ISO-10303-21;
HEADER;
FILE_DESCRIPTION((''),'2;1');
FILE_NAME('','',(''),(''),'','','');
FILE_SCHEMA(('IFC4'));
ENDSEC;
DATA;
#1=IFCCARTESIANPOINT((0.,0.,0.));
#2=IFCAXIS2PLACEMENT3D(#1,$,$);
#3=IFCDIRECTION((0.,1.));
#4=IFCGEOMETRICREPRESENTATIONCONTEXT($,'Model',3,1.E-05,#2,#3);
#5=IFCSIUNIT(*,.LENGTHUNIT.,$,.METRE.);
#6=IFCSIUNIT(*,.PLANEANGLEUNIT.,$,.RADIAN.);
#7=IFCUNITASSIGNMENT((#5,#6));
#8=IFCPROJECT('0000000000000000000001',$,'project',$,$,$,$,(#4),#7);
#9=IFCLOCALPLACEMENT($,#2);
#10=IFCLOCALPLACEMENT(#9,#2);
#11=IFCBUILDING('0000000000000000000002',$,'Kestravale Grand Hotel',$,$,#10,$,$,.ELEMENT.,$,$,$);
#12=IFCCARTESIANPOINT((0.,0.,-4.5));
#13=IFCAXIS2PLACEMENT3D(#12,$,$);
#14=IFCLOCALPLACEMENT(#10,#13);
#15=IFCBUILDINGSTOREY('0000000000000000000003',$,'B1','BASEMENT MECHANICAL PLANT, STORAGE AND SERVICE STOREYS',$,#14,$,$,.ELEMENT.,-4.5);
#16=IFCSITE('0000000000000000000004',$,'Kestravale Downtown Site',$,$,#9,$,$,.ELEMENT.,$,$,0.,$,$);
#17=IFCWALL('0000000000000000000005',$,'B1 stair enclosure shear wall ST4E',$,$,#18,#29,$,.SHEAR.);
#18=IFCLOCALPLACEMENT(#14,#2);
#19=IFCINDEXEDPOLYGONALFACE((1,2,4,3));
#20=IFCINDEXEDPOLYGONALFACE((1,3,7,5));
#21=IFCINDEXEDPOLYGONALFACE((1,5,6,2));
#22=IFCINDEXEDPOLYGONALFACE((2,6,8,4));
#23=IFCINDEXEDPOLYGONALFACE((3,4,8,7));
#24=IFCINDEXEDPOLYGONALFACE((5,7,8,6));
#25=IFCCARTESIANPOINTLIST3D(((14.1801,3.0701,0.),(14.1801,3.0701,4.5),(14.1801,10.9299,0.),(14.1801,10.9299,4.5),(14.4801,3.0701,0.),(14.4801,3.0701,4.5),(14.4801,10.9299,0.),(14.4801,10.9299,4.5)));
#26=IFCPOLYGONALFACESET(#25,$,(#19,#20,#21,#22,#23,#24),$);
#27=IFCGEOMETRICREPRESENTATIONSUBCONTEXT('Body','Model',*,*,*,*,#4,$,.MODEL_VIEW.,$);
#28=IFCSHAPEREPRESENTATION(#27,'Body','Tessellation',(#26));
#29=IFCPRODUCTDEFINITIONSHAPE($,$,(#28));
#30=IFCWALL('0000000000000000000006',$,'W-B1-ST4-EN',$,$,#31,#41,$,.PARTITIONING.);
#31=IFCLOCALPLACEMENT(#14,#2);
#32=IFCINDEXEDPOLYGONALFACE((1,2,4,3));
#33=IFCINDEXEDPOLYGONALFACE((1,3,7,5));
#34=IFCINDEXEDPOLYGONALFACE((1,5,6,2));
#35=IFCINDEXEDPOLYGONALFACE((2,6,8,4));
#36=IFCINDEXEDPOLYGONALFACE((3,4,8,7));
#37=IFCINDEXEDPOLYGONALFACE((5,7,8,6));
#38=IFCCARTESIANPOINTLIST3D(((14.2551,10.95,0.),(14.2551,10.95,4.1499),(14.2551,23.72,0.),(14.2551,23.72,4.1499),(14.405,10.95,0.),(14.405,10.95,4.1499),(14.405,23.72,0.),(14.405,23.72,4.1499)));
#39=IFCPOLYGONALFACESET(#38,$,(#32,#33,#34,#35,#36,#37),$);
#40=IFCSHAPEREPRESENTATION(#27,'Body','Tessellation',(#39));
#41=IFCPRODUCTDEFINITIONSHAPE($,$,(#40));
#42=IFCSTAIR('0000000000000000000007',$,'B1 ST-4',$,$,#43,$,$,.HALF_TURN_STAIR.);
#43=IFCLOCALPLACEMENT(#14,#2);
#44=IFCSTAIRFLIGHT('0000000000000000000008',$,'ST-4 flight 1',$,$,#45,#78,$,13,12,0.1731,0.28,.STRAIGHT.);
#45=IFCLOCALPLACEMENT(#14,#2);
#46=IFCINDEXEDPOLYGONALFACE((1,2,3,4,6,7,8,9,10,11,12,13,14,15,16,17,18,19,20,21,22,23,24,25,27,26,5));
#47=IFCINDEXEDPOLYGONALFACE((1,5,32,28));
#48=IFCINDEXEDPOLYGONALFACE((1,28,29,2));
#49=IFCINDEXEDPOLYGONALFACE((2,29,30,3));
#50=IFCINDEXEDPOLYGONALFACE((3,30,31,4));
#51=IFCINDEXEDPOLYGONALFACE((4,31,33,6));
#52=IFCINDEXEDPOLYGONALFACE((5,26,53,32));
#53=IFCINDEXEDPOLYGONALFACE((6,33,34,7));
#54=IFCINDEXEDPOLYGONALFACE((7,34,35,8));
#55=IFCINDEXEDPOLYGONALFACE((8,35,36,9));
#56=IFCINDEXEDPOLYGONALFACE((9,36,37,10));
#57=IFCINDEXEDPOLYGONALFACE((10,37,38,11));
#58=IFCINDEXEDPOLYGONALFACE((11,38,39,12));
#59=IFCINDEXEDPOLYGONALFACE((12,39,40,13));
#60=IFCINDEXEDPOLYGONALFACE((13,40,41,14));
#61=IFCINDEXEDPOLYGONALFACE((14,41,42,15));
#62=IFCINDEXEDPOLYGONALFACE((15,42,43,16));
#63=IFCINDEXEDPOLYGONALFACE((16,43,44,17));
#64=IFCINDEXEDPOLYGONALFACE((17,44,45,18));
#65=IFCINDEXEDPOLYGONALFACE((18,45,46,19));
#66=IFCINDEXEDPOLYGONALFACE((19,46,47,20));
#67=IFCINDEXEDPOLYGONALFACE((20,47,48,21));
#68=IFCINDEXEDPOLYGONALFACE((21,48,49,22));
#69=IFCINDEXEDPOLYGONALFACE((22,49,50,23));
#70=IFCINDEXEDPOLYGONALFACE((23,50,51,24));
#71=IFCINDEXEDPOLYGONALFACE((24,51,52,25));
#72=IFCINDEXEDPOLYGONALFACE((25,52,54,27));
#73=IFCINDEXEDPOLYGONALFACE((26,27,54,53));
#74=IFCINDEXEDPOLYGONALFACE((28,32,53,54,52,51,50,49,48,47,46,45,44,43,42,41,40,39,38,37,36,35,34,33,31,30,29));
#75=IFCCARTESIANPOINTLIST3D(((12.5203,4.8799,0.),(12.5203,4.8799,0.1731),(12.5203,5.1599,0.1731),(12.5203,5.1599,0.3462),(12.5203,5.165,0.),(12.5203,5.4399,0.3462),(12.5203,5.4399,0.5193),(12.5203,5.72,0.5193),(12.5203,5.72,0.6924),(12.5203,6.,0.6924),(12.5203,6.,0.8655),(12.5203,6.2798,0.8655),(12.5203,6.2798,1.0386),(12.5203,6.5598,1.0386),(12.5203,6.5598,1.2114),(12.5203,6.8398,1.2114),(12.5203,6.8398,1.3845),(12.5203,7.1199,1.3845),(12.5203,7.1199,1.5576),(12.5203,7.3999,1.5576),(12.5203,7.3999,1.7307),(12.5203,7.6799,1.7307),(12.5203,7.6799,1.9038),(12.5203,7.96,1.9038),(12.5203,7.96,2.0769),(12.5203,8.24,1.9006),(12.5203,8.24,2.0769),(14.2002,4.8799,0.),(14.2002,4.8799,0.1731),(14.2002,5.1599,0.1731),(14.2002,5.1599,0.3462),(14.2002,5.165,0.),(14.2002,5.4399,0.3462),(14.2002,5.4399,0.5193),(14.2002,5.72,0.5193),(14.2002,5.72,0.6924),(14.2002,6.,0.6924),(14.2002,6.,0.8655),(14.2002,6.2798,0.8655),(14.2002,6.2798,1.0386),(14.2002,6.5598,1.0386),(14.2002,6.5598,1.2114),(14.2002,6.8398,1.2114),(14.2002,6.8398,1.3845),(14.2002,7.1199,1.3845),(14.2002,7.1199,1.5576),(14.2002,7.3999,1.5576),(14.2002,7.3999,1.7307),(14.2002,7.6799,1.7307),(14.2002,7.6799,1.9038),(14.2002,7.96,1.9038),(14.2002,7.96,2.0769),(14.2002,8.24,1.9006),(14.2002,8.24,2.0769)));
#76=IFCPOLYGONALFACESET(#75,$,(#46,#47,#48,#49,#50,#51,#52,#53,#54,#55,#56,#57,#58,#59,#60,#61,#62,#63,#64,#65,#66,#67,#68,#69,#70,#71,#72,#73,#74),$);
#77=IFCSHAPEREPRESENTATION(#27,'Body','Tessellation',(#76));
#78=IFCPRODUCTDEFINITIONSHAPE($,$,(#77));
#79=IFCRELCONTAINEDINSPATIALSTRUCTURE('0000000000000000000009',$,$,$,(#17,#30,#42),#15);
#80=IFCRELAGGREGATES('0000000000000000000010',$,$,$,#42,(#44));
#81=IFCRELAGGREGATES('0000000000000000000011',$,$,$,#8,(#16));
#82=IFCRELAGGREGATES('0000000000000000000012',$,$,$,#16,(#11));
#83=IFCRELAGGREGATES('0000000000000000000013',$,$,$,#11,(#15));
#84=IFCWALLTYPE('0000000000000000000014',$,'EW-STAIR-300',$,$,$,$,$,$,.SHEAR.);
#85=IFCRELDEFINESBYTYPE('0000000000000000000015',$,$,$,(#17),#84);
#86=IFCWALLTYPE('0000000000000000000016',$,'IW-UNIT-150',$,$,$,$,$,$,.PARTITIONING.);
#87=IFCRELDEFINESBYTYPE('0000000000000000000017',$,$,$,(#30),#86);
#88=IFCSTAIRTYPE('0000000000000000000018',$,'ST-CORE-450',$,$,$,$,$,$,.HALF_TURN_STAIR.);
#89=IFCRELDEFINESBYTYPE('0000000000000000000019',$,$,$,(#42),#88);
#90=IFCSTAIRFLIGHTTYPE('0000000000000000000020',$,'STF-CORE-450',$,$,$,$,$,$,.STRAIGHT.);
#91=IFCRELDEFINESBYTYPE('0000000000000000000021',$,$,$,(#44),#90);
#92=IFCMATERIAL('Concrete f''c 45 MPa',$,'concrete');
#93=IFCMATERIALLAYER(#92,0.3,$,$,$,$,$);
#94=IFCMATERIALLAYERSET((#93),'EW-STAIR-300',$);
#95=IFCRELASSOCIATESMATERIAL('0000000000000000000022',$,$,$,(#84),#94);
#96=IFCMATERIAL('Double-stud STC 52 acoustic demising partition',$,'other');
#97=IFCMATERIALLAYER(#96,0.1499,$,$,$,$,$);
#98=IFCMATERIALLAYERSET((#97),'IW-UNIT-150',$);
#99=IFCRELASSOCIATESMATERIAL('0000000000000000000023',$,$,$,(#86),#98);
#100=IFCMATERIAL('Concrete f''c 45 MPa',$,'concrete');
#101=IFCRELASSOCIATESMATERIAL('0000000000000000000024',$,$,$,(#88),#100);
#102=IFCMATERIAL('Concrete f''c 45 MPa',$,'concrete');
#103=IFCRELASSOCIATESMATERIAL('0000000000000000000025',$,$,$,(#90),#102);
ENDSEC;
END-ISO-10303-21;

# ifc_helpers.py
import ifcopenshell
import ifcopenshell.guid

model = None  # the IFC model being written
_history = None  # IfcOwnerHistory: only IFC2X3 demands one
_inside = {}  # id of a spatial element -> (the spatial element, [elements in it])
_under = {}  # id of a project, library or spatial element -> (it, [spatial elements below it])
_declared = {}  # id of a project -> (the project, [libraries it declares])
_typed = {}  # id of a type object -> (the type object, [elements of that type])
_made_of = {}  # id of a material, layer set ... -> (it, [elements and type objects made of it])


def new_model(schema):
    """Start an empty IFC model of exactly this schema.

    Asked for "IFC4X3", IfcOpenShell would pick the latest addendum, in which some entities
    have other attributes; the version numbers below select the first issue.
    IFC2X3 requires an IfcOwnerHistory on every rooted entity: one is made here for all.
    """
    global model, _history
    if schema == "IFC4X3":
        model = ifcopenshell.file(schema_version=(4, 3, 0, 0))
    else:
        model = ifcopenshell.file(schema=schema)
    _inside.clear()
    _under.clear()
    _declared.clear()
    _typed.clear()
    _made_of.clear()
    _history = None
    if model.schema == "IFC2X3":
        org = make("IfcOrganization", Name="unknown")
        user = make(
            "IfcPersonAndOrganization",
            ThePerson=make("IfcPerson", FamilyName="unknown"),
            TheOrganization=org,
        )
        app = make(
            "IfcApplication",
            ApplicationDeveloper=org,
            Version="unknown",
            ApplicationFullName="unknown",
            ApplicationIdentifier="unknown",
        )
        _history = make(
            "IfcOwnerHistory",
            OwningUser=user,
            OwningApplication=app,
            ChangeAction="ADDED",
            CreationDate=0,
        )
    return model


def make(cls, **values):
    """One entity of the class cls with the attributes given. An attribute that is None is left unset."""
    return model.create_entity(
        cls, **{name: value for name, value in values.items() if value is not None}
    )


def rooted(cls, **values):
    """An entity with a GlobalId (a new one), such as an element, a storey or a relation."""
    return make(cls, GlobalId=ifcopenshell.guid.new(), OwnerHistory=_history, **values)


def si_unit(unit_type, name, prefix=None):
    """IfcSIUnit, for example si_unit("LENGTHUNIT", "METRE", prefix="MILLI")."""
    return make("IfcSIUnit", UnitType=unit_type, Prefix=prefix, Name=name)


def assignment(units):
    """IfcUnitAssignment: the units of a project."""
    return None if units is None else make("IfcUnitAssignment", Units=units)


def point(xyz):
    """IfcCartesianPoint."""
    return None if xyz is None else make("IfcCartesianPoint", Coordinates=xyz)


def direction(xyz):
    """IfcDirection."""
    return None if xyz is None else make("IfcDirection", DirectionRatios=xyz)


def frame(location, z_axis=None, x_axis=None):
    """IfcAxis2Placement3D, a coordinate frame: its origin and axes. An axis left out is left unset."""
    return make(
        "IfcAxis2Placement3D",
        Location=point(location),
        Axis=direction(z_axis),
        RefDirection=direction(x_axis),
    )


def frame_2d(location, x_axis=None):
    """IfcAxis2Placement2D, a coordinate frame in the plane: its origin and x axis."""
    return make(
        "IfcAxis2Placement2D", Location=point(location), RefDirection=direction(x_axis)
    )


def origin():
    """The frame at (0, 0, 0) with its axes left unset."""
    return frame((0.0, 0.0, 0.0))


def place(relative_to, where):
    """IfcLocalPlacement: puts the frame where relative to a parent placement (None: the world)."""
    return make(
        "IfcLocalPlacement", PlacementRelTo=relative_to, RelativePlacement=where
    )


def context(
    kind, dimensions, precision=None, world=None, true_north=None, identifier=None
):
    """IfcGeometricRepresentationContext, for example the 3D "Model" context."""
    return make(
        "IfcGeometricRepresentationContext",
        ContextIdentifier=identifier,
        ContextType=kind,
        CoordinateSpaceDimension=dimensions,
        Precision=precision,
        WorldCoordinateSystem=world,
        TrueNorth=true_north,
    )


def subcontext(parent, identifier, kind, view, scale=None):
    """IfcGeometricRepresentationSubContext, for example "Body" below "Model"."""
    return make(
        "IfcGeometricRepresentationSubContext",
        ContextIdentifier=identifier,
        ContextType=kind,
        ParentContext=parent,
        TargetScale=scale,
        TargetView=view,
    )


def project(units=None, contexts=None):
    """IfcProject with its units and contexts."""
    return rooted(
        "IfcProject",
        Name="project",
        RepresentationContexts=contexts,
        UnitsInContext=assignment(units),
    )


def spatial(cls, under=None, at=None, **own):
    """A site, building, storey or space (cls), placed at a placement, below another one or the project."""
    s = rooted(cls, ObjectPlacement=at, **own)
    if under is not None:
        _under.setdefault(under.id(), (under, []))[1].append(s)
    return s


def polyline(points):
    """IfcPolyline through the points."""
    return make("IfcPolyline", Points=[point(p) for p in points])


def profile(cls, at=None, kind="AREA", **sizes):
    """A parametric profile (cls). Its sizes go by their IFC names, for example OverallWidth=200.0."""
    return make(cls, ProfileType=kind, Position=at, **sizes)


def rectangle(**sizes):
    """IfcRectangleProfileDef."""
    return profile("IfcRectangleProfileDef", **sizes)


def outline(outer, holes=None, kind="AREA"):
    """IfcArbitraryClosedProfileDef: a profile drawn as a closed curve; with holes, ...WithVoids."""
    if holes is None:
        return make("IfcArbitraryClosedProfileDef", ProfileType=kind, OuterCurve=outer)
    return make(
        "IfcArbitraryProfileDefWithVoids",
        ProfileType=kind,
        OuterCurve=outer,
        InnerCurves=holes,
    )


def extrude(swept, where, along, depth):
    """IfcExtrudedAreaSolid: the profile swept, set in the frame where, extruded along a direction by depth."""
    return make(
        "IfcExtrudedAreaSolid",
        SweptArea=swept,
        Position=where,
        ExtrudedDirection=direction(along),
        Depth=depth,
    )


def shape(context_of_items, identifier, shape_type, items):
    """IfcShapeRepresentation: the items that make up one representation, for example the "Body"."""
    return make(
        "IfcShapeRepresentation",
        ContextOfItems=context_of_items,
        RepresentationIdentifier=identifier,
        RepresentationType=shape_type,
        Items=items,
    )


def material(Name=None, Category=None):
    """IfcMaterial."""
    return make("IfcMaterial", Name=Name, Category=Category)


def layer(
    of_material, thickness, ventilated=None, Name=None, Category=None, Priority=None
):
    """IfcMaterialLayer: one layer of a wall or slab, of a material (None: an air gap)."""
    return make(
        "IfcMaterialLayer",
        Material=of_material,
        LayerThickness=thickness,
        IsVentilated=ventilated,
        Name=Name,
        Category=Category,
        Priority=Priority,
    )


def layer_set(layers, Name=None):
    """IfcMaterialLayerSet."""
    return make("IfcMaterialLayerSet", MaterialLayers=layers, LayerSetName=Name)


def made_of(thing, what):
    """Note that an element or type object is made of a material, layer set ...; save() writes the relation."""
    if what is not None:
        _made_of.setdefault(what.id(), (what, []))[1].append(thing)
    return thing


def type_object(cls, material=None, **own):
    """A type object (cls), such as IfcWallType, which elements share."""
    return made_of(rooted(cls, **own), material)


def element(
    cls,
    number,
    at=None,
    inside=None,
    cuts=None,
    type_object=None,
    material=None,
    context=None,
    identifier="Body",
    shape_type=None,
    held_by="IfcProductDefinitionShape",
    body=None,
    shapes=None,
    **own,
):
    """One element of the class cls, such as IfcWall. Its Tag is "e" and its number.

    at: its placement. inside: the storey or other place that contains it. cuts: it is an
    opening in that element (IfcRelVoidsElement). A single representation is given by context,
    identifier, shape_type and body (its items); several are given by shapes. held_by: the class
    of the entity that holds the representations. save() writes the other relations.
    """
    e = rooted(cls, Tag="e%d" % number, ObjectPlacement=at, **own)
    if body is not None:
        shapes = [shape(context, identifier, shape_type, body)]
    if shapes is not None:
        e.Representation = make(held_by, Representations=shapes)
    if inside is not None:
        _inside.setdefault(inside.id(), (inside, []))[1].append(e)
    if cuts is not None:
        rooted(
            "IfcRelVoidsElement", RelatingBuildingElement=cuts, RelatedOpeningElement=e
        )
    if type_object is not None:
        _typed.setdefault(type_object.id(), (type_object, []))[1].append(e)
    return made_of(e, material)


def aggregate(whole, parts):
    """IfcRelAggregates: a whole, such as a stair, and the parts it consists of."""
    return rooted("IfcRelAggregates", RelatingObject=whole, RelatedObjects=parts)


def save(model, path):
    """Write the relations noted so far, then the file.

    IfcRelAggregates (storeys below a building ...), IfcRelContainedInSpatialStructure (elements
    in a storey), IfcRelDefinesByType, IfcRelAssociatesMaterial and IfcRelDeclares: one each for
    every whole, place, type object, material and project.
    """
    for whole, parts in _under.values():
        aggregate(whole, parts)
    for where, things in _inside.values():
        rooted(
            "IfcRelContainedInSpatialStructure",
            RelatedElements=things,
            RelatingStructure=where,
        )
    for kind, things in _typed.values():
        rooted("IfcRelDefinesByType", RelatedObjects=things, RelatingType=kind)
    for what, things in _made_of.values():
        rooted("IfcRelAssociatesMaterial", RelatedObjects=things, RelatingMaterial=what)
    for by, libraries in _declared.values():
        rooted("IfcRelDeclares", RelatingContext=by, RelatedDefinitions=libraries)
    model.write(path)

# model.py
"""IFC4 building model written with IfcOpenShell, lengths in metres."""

from ifc_helpers import new_model, si_unit, direction, frame, frame_2d, origin, place, context, subcontext, project, spatial, polyline, rectangle, outline, extrude, material, layer, layer_set, type_object, element, aggregate, save


model = new_model("IFC4")

# Units and contexts
model_context = context("Model", 3, precision=1e-05, world=origin(), true_north=direction((0.0, 1.0)))
body_context = subcontext(model_context, "Body", "Model", "MODEL_VIEW")
ifc_project = project(units=[si_unit("LENGTHUNIT", "METRE"), si_unit("PLANEANGLEUNIT", "RADIAN")], contexts=[model_context])

# Site, building, storey
site_placement = place(None, origin())
site = spatial("IfcSite", under=ifc_project, at=site_placement, Name="Kestravale Downtown Site", CompositionType="ELEMENT", RefElevation=0.0)
building_placement = place(site_placement, origin())
building = spatial("IfcBuilding", under=site, at=building_placement, Name="Kestravale Grand Hotel", CompositionType="ELEMENT")
storey_placement = place(building_placement, frame((0.0, 0.0, -4.5)))
storey = spatial("IfcBuildingStorey", under=building, at=storey_placement, Name="B1", Description="BASEMENT MECHANICAL PLANT, STORAGE AND SERVICE STOREYS", CompositionType="ELEMENT", Elevation=-4.5)

# Walls
ifc_material_1 = material(Name="Concrete f'c 45 MPa", Category="concrete")
ifc_layer_1 = layer(ifc_material_1, 0.3)
ifc_layer_set_1 = layer_set([ifc_layer_1], Name="EW-STAIR-300")
wall_type_1 = type_object("IfcWallType", Name="EW-STAIR-300", PredefinedType="SHEAR", material=ifc_layer_set_1)
wall_1_placement = place(storey_placement, frame((14.3301, 3.0701, 0.0), z_axis=(0.0, 0.0, 1.0), x_axis=(0.0, 1.0, 0.0)))
element("IfcWall", 1, at=wall_1_placement, inside=storey, type_object=wall_type_1, Name="B1 stair enclosure shear wall ST4E", PredefinedType="SHEAR", context=body_context, shape_type="SweptSolid", body=[
    extrude(rectangle(XDim=7.8599, YDim=0.3, at=frame_2d((3.9299, 0.0))), origin(), (0.0, 0.0, 1.0), 4.5),
])
ifc_material_2 = material(Name="Double-stud STC 52 acoustic demising partition", Category="other")
ifc_layer_2 = layer(ifc_material_2, 0.1499)
ifc_layer_set_2 = layer_set([ifc_layer_2], Name="IW-UNIT-150")
wall_type_2 = type_object("IfcWallType", Name="IW-UNIT-150", PredefinedType="PARTITIONING", material=ifc_layer_set_2)
wall_2_placement = place(storey_placement, frame((14.3301, 10.95, 0.0), z_axis=(0.0, 0.0, 1.0), x_axis=(0.0, 1.0, 0.0)))
element("IfcWall", 2, at=wall_2_placement, inside=storey, type_object=wall_type_2, Name="W-B1-ST4-EN", PredefinedType="PARTITIONING", context=body_context, shape_type="SweptSolid", body=[
    extrude(rectangle(XDim=12.77, YDim=0.1499, at=frame_2d((6.385, 0.0))), origin(), (0.0, 0.0, 1.0), 4.1499),
])

# Stair, stair flight
ifc_material_3 = material(Name="Concrete f'c 45 MPa", Category="concrete")
stair_type = type_object("IfcStairType", Name="ST-CORE-450", PredefinedType="HALF_TURN_STAIR", material=ifc_material_3)
stair_placement = place(storey_placement, origin())
stair = element("IfcStair", 3, at=stair_placement, inside=storey, type_object=stair_type, Name="B1 ST-4", PredefinedType="HALF_TURN_STAIR")
ifc_material_4 = material(Name="Concrete f'c 45 MPa", Category="concrete")
stair_flight_type = type_object("IfcStairFlightType", Name="STF-CORE-450", PredefinedType="STRAIGHT", material=ifc_material_4)
stair_flight_placement = place(storey_placement, frame((13.3601, 4.8799, 0.0), z_axis=(0.0, 0.0, 1.0), x_axis=(0.0, 1.0, 0.0)))
stair_flight = element("IfcStairFlight", 4, at=stair_flight_placement, type_object=stair_flight_type, Name="ST-4 flight 1", NumberOfRisers=13, NumberOfTreads=12, PredefinedType="STRAIGHT", RiserHeight=0.1731, TreadLength=0.28, context=body_context, shape_type="SweptSolid", body=[
    extrude(outline(polyline([(0.0, 0.0), (0.0, 0.1731), (0.28, 0.1731), (0.28, 0.3462), (0.5601, 0.3462), (0.5601, 0.5193), (0.8401, 0.5193), (0.8401, 0.6924), (1.1201, 0.6924), (1.1201, 0.8655), (1.3999, 0.8655), (1.3999, 1.0386), (1.6799, 1.0386), (1.6799, 1.2114), (1.96, 1.2114), (1.96, 1.3845), (2.24, 1.3845), (2.24, 1.5576), (2.52, 1.5576), (2.52, 1.7307), (2.8, 1.7307), (2.8, 1.9038), (3.0801, 1.9038), (3.0801, 2.0769), (3.3601, 2.0769), (3.3601, 2.25), (3.3601, 1.9006), (0.2852, 0.0), (0.0, 0.0)])), frame((0.0, 0.8398, 0.0), z_axis=(0.0, -1.0, 0.0), x_axis=(1.0, 0.0, 0.0)), (0.0, 0.0, 1.0), 1.6799),
])
aggregate(stair, [stair_flight])

save(model, "model.ifc")
